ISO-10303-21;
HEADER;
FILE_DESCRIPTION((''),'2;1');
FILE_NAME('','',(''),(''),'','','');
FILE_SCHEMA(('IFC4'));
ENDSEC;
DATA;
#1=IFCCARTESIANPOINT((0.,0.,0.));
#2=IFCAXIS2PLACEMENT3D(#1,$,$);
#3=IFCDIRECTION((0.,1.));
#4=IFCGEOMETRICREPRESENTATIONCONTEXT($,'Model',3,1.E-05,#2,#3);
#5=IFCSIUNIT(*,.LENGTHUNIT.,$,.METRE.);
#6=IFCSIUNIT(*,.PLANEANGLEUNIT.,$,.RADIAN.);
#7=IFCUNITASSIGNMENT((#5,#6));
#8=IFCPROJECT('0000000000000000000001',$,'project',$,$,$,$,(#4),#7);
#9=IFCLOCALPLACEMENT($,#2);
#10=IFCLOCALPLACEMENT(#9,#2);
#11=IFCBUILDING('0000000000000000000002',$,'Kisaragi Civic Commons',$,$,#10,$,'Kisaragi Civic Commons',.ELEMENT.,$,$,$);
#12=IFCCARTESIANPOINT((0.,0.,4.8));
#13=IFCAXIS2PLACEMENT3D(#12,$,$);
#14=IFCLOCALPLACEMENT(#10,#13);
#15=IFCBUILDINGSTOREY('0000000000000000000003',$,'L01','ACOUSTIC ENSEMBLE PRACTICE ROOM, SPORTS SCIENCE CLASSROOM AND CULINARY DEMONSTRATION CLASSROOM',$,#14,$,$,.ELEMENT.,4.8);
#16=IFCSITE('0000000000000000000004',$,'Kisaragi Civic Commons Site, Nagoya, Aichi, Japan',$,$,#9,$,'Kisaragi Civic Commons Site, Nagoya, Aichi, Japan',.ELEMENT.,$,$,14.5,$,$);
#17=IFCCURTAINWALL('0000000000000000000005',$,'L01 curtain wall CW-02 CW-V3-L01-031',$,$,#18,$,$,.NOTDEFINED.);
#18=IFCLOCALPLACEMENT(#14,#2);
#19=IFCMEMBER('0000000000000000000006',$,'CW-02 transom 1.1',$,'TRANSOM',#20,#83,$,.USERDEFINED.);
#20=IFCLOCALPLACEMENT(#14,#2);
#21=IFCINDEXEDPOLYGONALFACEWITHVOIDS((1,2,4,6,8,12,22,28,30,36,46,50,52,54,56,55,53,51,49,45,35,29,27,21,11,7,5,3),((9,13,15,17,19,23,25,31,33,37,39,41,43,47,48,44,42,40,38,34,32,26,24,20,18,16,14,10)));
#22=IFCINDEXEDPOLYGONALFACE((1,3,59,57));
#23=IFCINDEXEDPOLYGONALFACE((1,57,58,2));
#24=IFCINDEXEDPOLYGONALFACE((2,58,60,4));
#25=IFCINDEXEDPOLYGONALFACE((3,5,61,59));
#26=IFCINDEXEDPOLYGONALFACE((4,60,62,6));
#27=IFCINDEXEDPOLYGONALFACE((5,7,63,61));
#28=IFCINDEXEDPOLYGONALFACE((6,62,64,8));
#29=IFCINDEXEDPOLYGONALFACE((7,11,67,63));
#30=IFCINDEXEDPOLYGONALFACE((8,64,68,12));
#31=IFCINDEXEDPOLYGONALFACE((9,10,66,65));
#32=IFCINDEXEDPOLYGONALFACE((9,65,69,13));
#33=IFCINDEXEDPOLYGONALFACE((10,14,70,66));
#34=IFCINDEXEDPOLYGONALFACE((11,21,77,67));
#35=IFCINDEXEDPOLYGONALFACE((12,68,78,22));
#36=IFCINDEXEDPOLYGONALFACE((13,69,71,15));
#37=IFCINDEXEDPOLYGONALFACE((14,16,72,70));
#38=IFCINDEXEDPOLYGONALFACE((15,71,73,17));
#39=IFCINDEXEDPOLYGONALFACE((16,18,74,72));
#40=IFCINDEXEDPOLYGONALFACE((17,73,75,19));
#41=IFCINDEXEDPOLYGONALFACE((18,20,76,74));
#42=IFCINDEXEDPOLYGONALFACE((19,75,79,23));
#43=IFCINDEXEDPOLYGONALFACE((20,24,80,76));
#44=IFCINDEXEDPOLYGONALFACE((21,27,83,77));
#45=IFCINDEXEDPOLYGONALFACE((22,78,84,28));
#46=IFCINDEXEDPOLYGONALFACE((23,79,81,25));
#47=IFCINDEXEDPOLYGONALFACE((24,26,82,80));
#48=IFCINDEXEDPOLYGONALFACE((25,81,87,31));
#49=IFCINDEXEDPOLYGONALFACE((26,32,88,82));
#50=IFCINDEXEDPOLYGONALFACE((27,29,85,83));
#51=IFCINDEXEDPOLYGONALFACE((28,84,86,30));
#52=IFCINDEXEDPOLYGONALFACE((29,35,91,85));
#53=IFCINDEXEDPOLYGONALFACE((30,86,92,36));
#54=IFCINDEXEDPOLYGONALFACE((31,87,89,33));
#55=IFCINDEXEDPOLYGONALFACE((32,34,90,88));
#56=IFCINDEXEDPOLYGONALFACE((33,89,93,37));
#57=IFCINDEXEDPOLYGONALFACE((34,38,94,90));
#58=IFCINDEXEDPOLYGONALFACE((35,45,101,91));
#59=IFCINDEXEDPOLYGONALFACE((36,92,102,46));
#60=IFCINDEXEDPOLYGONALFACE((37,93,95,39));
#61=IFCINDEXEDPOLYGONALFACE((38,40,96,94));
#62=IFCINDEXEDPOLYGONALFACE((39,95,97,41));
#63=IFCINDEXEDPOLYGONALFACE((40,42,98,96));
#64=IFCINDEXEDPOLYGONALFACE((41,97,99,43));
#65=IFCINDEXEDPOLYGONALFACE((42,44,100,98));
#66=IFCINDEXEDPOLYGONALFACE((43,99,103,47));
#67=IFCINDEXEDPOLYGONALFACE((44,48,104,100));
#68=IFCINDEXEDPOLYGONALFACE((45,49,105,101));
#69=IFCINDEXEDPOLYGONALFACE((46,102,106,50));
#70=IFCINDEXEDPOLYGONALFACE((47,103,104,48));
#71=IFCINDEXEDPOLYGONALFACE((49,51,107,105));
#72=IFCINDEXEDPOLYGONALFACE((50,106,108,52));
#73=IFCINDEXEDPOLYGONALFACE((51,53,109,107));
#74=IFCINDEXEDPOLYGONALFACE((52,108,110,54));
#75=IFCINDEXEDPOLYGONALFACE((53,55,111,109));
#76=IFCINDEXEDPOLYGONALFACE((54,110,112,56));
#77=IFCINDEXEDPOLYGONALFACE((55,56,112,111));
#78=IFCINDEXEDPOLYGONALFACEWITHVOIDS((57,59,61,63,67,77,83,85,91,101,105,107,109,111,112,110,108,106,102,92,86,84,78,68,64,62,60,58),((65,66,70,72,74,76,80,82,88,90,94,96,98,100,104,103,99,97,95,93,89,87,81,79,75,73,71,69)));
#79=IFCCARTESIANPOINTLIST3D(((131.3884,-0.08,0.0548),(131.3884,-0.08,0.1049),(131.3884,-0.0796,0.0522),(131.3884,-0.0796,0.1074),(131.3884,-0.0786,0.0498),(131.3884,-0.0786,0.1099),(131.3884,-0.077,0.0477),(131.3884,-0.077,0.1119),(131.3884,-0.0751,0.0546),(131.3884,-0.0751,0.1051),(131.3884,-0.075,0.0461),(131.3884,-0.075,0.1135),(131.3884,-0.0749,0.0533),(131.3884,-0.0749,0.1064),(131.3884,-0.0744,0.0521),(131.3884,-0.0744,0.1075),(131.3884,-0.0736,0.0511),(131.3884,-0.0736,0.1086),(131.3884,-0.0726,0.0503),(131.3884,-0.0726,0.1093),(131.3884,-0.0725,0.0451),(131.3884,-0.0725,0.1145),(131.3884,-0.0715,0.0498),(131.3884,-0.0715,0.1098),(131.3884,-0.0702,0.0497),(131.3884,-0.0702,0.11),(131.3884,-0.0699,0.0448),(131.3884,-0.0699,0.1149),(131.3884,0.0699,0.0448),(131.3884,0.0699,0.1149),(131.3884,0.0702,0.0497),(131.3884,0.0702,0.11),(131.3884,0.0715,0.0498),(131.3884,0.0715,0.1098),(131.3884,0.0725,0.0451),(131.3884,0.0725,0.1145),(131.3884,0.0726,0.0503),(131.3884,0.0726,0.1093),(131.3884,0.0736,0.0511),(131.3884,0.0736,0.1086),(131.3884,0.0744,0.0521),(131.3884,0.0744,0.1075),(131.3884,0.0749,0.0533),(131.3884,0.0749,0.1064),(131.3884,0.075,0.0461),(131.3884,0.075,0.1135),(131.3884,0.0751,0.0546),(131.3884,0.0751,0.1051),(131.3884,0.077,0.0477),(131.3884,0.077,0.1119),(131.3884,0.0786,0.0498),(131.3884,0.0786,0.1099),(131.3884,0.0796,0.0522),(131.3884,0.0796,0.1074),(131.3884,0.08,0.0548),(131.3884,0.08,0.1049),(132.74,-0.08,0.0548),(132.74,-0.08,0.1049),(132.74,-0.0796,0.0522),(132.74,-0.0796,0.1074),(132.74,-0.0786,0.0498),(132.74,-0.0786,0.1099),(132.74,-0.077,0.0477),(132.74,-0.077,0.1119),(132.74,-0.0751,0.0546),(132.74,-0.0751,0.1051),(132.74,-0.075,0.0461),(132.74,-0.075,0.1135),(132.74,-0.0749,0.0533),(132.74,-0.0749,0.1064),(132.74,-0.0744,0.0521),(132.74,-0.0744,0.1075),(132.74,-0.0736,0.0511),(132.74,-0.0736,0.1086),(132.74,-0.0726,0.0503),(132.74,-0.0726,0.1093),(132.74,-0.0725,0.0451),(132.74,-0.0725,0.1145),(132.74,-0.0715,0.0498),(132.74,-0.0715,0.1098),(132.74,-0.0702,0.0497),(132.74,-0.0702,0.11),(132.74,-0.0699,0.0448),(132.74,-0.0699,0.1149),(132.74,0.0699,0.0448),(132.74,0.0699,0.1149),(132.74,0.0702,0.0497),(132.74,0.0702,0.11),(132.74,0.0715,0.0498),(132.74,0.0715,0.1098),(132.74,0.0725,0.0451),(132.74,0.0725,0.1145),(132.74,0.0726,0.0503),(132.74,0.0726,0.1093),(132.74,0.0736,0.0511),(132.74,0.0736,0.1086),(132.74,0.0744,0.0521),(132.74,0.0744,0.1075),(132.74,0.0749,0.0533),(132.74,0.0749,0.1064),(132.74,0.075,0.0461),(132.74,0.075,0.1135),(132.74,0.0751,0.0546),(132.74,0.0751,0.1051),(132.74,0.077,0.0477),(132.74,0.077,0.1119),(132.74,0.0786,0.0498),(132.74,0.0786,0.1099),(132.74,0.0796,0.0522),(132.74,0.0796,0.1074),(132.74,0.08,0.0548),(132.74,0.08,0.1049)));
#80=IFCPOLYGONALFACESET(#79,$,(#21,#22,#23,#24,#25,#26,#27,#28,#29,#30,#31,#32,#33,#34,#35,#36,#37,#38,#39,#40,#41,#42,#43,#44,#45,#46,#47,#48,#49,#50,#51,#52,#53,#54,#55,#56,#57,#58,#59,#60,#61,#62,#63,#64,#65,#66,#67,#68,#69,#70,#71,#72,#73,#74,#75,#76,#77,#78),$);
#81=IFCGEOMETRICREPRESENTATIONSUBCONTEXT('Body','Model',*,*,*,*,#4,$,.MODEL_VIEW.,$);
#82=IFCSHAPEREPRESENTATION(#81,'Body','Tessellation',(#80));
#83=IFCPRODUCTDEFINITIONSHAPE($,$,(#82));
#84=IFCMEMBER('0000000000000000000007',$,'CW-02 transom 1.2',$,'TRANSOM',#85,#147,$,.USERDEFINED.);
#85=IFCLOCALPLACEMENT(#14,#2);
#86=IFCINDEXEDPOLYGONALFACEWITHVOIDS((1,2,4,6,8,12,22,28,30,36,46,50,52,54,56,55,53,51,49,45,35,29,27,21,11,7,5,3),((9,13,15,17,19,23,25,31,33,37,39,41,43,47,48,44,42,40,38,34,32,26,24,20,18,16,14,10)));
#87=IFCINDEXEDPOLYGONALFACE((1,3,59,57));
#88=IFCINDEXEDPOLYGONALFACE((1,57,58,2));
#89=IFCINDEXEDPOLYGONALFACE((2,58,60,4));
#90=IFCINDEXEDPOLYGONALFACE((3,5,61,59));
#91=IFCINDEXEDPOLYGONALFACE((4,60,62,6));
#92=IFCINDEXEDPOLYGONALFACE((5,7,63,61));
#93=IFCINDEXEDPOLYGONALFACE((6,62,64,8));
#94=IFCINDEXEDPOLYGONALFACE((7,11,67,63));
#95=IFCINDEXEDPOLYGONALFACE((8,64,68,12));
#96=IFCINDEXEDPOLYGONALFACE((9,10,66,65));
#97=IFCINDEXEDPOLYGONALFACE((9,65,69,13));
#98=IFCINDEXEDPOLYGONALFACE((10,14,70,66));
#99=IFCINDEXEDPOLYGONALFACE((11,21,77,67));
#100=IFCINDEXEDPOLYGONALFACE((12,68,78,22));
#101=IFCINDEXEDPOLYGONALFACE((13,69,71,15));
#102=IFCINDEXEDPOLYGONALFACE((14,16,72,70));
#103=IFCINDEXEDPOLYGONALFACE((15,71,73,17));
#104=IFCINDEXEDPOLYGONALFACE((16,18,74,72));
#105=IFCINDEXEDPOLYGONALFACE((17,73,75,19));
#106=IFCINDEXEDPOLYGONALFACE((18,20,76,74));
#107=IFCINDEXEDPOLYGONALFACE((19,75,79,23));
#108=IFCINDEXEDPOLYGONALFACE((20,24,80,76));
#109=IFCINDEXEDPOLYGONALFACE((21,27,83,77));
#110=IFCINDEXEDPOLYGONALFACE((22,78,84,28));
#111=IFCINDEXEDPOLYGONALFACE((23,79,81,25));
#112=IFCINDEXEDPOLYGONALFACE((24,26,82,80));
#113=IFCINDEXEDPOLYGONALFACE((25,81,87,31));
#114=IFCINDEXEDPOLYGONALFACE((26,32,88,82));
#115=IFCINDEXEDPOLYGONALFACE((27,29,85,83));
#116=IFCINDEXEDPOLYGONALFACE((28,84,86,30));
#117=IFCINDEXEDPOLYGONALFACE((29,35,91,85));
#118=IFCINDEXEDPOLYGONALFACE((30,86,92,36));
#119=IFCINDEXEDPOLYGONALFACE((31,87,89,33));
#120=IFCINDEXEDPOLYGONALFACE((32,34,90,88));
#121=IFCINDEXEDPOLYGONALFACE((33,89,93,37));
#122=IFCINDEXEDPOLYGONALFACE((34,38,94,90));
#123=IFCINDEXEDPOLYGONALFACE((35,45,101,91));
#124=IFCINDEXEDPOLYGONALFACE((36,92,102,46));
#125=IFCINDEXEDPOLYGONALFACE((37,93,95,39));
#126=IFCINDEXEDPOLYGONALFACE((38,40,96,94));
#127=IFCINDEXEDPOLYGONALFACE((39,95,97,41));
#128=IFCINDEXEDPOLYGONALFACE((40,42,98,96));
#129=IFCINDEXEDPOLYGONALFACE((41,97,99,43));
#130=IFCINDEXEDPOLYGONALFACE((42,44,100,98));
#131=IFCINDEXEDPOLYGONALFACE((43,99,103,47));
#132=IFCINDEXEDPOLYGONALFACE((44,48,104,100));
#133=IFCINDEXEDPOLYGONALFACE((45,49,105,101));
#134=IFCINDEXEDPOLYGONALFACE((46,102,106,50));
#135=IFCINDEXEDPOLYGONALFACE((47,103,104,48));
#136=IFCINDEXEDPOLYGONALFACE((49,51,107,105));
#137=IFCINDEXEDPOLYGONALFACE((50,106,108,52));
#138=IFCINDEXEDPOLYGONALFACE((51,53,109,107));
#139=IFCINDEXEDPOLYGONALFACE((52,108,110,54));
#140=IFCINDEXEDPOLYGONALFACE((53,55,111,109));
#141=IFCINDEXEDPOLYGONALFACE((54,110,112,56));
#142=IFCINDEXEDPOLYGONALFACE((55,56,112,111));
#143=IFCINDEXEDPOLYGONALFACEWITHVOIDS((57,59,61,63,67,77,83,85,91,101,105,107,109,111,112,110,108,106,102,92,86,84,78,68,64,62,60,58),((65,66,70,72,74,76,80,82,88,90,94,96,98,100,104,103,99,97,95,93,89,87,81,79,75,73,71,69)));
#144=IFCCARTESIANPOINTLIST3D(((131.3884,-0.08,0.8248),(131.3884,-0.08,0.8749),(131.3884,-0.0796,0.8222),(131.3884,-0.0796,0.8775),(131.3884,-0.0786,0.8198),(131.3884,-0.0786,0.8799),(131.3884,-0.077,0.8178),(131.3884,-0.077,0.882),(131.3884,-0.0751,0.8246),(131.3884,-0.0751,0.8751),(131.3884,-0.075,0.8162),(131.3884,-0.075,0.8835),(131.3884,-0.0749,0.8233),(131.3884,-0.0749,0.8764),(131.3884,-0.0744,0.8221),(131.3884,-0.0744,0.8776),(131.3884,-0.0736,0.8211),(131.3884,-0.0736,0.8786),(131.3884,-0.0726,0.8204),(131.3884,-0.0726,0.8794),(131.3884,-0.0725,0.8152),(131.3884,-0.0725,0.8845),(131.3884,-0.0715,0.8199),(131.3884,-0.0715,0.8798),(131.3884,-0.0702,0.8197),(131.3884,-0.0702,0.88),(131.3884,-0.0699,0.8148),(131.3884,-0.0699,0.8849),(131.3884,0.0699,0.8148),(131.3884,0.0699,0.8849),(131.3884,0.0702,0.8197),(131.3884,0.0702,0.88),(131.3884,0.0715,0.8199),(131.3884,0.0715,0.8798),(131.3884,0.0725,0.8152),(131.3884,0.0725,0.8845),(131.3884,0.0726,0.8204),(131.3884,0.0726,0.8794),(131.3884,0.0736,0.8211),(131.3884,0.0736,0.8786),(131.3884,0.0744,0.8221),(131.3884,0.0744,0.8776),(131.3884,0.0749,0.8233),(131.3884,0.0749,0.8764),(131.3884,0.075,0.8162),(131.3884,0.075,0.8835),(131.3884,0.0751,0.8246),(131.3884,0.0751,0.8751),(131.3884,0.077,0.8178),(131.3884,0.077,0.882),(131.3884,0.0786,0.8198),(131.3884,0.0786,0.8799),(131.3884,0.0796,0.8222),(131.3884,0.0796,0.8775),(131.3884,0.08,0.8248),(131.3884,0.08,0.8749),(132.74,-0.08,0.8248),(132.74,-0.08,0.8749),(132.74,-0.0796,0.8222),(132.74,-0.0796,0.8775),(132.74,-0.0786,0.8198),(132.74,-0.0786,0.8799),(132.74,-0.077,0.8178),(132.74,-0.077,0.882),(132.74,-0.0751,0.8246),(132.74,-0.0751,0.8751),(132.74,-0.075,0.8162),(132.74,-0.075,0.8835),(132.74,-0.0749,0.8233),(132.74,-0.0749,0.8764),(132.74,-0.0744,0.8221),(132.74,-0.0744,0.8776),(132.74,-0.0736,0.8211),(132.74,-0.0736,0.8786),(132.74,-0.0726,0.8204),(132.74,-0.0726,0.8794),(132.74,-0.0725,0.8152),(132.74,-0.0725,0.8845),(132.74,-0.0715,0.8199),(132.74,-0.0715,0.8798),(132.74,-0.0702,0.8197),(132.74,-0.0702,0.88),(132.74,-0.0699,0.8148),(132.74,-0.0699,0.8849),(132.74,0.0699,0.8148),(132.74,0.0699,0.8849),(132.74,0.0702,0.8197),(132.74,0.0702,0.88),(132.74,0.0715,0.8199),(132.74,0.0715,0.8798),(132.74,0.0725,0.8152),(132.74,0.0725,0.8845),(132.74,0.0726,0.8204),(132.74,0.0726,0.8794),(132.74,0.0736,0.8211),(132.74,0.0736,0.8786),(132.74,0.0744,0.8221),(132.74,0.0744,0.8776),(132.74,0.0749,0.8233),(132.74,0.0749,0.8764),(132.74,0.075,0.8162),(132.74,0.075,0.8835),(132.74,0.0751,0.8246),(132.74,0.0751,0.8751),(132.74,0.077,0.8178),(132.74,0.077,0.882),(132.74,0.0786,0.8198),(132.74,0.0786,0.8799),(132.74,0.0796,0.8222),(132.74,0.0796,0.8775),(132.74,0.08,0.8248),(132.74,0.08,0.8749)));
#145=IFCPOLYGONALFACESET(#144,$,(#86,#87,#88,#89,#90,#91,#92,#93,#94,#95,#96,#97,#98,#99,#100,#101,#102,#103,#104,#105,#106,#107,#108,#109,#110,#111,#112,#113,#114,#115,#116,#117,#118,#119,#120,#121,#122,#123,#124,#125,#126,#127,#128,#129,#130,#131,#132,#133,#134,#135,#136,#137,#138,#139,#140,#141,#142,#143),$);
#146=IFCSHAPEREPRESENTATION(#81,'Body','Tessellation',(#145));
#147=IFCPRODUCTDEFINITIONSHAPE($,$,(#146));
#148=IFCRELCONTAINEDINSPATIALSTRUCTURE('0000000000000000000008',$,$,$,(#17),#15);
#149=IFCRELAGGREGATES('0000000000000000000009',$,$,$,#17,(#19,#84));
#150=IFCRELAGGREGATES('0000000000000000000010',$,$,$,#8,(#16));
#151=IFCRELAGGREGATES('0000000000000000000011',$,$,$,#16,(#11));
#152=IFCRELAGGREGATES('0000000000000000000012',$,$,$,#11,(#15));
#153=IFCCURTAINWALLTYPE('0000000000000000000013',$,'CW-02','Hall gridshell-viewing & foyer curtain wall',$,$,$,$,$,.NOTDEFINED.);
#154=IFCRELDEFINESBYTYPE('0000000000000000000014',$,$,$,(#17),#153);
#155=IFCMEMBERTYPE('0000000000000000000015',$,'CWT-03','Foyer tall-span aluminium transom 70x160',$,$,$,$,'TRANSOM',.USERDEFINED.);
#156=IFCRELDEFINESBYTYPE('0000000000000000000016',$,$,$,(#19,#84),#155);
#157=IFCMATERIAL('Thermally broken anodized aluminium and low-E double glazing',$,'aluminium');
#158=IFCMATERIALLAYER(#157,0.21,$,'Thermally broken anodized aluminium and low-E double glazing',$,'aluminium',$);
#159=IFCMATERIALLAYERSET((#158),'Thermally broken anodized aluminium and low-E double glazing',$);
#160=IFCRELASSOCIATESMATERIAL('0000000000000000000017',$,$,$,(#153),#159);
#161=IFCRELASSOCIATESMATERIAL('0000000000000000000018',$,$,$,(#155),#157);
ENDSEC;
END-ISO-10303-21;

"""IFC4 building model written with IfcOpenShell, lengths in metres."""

from ifc_helpers import new_model, si_unit, direction, frame, origin, origin_2d, place, context, subcontext, project, spatial, hollow_rectangle, extrude, material, layer, layer_set, material_profile, profile_set, type_object, element, aggregate, save


model = new_model("IFC4")

# Units and contexts
model_context = context("Model", 3, precision=1e-05, world=origin(), true_north=direction((0.0, 1.0)))
body_context = subcontext(model_context, "Body", "Model", "MODEL_VIEW")
ifc_project = project(units=[si_unit("LENGTHUNIT", "METRE"), si_unit("PLANEANGLEUNIT", "RADIAN")], contexts=[model_context])

# Site, building, storey
site_placement = place(None, origin())
site = spatial("IfcSite", under=ifc_project, at=site_placement, Name="Kisaragi Civic Commons Site, Nagoya, Aichi, Japan", LongName="Kisaragi Civic Commons Site, Nagoya, Aichi, Japan", CompositionType="ELEMENT", RefElevation=14.5)
building_placement = place(site_placement, origin())
building = spatial("IfcBuilding", under=site, at=building_placement, Name="Kisaragi Civic Commons", LongName="Kisaragi Civic Commons", CompositionType="ELEMENT")
storey_placement = place(building_placement, frame((0.0, 0.0, 4.8)))
storey = spatial("IfcBuildingStorey", under=building, at=storey_placement, Name="L01", Description="ACOUSTIC ENSEMBLE PRACTICE ROOM, SPORTS SCIENCE CLASSROOM AND CULINARY DEMONSTRATION CLASSROOM", CompositionType="ELEMENT", Elevation=4.8)

# Curtain wall
ifc_material_1 = material(Name="Thermally broken anodized aluminium and low-E double glazing", Category="aluminium")
ifc_layer_1 = layer(ifc_material_1, 0.21, Name="Thermally broken anodized aluminium and low-E double glazing", Category="aluminium")
ifc_layer_set_1 = layer_set([ifc_layer_1], Name="Thermally broken anodized aluminium and low-E double glazing")
curtain_wall_type = type_object("IfcCurtainWallType", Name="CW-02", Description="Hall gridshell-viewing & foyer curtain wall", PredefinedType="NOTDEFINED", material=ifc_layer_set_1)
curtain_wall_1_placement = place(storey_placement, origin())
curtain_wall_1 = element("IfcCurtainWall", 1, at=curtain_wall_1_placement, inside=storey, type_object=curtain_wall_type, Name="L01 curtain wall CW-02 CW-V3-L01-031", PredefinedType="NOTDEFINED")

# Members
ifc_material_profile_1 = material_profile(ifc_material_1, hollow_rectangle(XDim=0.1599, YDim=0.0701, WallThickness=0.0049, InnerFilletRadius=0.0049, OuterFilletRadius=0.01, at=origin_2d()), Name="CWT-70x160x5", Category="aluminium")
ifc_profile_set_1 = profile_set([ifc_material_profile_1], Name="Thermally broken anodized aluminium and low-E double glazing")
member_type_1 = type_object("IfcMemberType", Name="CWT-03", Description="Foyer tall-span aluminium transom 70x160", ElementType="TRANSOM", PredefinedType="USERDEFINED", material=ifc_profile_set_1)
member_1_placement = place(storey_placement, frame((132.74, 0.0, 0.0798), z_axis=(-1.0, 0.0, 0.0), x_axis=(0.0, -1.0, 0.0)))
member_1 = element("IfcMember", 2, at=member_1_placement, type_object=member_type_1, Name="CW-02 transom 1.1", ObjectType="TRANSOM", PredefinedType="USERDEFINED", context=body_context, shape_type="SweptSolid", body=[
    extrude(hollow_rectangle(XDim=0.1599, YDim=0.0701, WallThickness=0.0049, InnerFilletRadius=0.0049, OuterFilletRadius=0.01, at=origin_2d()), origin(), (0.0, 0.0, 1.0), 1.3516),
])
member_2_placement = place(storey_placement, frame((132.74, 0.0, 0.8499), z_axis=(-1.0, 0.0, 0.0), x_axis=(0.0, -1.0, 0.0)))
member_2 = element("IfcMember", 3, at=member_2_placement, type_object=member_type_1, Name="CW-02 transom 1.2", ObjectType="TRANSOM", PredefinedType="USERDEFINED", context=body_context, shape_type="SweptSolid", body=[
    extrude(hollow_rectangle(XDim=0.1599, YDim=0.0701, WallThickness=0.0049, InnerFilletRadius=0.0049, OuterFilletRadius=0.01, at=origin_2d()), origin(), (0.0, 0.0, 1.0), 1.3516),
])

aggregate(curtain_wall_1, [member_1, member_2])

save(model, "model.ifc")
